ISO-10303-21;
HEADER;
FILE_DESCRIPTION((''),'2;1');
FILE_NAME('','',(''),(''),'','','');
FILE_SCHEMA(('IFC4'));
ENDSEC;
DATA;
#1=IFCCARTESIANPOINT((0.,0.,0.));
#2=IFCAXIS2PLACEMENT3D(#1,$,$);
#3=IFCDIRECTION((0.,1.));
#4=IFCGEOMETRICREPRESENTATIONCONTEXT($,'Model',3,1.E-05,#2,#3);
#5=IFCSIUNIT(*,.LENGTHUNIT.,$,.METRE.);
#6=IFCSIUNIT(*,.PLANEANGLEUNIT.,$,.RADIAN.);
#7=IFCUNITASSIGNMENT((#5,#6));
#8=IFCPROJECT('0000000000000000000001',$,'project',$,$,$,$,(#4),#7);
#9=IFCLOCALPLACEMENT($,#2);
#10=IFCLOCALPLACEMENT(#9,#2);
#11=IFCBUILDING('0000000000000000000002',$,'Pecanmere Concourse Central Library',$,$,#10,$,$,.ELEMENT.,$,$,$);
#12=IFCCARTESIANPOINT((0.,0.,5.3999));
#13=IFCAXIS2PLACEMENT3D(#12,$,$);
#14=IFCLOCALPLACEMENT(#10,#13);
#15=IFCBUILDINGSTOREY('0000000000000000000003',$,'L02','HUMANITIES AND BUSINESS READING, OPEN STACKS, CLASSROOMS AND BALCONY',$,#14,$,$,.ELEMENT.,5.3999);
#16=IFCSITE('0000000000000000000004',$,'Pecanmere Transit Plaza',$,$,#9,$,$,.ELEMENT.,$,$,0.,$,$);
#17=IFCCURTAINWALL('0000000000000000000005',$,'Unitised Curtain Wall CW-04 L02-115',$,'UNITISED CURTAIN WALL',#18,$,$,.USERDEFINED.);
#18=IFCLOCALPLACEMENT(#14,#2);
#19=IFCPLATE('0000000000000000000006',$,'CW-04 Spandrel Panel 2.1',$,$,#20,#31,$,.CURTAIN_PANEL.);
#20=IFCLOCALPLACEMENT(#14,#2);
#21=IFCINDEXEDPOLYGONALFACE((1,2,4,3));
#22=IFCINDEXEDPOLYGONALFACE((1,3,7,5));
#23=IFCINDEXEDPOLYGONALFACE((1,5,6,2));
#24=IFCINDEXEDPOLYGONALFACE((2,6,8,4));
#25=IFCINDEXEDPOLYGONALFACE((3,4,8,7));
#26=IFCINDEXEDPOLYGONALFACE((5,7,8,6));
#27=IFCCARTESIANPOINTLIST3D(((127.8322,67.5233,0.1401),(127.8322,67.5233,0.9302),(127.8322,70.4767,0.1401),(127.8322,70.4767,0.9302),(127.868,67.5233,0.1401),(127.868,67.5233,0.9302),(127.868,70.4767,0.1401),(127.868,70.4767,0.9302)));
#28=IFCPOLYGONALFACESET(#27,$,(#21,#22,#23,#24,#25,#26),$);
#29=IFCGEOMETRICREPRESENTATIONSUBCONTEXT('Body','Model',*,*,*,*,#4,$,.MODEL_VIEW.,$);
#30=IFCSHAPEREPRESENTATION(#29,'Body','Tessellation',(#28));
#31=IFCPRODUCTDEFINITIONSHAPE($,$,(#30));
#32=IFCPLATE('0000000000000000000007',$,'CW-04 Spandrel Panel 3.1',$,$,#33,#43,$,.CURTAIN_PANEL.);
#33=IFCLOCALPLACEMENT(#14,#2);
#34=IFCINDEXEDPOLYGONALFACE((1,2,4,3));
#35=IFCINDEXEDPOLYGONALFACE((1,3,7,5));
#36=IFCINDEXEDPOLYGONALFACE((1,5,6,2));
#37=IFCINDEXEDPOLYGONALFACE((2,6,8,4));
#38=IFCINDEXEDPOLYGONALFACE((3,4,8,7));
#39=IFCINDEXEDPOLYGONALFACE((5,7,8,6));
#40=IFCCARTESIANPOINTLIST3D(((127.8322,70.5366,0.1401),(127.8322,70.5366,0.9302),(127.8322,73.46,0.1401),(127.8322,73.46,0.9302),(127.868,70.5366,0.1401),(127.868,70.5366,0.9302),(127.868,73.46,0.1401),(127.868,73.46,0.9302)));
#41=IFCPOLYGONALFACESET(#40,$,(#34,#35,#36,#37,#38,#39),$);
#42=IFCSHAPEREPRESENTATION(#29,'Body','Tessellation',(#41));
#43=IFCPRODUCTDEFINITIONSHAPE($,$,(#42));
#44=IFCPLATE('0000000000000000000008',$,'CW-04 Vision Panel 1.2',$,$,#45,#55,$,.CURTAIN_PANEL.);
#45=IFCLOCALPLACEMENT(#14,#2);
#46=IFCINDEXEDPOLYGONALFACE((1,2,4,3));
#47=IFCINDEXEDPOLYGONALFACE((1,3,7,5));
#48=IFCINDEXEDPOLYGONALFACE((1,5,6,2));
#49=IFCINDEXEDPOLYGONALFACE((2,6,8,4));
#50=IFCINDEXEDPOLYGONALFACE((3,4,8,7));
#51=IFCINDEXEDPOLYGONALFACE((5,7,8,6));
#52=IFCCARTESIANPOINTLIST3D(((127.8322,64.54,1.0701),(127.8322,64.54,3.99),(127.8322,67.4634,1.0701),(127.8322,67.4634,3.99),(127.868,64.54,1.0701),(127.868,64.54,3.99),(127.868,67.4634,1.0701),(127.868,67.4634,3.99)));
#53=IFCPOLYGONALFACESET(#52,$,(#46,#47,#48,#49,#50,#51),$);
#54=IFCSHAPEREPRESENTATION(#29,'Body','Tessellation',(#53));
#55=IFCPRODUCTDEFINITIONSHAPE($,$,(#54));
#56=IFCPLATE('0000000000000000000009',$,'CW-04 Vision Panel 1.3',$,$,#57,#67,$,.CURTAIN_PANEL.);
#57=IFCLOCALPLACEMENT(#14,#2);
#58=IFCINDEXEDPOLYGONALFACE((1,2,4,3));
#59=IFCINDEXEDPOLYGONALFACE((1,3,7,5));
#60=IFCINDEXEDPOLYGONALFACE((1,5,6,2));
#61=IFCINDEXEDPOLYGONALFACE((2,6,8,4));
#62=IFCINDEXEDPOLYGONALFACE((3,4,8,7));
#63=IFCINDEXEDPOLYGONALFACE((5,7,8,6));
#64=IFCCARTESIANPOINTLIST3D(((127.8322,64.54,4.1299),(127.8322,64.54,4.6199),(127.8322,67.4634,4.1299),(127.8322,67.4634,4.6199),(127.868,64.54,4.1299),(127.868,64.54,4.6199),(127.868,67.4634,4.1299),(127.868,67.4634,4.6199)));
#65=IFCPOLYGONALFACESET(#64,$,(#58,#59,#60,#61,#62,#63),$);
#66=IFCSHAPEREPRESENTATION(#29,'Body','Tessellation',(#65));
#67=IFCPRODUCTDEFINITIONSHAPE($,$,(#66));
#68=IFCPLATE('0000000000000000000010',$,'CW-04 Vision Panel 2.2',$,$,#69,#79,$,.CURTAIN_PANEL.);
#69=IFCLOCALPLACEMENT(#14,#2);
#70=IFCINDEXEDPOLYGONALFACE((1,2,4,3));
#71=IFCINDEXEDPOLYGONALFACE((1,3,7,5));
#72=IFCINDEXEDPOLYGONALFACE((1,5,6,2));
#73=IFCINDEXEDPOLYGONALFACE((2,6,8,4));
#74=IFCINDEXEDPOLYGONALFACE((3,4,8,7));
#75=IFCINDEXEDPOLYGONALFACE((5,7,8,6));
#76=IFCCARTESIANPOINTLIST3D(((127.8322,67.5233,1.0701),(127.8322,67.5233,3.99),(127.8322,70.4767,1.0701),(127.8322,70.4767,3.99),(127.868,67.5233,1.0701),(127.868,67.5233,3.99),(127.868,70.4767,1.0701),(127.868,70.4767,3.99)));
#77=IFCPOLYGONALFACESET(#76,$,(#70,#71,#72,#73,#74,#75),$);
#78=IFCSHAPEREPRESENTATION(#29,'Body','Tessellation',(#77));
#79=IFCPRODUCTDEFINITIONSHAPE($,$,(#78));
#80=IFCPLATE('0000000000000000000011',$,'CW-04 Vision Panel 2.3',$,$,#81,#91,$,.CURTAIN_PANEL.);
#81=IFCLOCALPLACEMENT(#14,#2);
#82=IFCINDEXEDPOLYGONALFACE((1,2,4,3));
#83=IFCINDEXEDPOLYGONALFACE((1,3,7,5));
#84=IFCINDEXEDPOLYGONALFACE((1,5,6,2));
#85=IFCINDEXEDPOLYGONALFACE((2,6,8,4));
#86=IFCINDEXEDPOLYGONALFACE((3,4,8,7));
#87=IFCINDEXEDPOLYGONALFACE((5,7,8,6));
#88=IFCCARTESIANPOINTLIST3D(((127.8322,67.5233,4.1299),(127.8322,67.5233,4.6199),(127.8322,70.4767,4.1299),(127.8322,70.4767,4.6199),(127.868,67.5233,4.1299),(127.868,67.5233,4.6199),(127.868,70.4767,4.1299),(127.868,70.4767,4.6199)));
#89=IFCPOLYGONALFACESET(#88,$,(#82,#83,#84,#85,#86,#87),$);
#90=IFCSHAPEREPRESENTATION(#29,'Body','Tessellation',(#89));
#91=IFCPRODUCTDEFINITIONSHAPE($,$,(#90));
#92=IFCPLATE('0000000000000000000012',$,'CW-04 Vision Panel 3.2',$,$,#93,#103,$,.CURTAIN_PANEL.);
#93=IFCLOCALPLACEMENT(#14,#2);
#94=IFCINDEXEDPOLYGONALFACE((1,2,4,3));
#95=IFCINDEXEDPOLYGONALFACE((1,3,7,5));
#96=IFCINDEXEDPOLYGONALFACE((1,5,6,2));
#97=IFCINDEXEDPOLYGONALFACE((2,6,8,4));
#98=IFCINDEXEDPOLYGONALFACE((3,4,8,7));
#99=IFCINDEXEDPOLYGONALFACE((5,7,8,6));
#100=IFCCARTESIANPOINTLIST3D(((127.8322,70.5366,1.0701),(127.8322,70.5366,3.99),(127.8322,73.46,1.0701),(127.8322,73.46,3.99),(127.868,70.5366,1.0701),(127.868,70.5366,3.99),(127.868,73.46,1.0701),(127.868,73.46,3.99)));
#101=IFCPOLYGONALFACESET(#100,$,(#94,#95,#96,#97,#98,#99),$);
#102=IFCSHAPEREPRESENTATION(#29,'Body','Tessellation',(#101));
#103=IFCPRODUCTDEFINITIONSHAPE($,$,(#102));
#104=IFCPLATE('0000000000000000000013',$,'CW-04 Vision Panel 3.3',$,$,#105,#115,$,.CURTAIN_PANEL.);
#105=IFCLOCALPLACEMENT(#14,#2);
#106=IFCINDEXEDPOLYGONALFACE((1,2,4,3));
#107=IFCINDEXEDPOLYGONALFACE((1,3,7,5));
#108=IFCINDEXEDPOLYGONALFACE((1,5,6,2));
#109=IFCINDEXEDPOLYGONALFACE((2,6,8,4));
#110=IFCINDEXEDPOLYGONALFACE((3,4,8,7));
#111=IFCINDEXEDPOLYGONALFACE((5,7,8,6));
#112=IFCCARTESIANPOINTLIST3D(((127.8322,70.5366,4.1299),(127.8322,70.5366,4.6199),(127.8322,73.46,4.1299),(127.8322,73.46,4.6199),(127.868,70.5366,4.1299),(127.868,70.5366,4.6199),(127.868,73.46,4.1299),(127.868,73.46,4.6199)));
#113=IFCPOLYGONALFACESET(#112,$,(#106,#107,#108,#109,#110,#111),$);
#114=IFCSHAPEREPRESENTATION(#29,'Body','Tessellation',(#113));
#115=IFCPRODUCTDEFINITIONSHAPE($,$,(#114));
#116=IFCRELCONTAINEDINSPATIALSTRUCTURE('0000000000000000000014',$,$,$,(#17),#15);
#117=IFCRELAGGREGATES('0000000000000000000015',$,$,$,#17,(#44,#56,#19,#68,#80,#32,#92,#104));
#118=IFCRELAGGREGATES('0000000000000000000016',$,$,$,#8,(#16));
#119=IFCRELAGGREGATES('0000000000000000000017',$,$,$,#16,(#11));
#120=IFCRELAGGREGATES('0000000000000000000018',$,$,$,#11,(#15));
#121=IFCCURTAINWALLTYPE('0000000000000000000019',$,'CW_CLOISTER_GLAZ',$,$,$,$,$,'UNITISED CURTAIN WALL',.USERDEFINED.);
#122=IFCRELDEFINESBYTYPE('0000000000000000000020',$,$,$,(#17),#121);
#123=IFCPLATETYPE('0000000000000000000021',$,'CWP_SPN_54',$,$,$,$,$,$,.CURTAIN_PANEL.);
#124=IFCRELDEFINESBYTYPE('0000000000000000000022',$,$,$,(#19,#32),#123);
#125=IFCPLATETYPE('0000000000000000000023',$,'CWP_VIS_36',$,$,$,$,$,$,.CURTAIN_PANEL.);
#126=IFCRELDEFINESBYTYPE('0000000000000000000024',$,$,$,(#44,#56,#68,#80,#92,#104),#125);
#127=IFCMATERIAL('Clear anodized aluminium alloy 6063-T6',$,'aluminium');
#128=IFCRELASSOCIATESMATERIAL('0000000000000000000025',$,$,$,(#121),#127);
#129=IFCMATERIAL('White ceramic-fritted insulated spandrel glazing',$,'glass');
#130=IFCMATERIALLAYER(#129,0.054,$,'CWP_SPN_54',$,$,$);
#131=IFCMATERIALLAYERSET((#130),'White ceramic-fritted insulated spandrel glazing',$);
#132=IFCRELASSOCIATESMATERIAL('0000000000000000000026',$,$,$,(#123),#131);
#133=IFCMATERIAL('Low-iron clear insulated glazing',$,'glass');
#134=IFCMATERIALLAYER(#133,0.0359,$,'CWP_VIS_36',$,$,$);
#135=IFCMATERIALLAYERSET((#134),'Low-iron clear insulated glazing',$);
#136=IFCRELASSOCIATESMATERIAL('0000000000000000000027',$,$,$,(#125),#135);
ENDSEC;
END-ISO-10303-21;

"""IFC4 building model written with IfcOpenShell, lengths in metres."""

from ifc_helpers import new_model, si_unit, direction, frame, origin, origin_2d, place, context, subcontext, project, spatial, rectangle, extrude, material, layer, layer_set, type_object, element, aggregate, save


model = new_model("IFC4")

# Units and contexts
model_context = context("Model", 3, precision=1e-05, world=origin(), true_north=direction((0.0, 1.0)))
body_context = subcontext(model_context, "Body", "Model", "MODEL_VIEW")
ifc_project = project(units=[si_unit("LENGTHUNIT", "METRE"), si_unit("PLANEANGLEUNIT", "RADIAN")], contexts=[model_context])

# Site, building, storey
site_placement = place(None, origin())
site = spatial("IfcSite", under=ifc_project, at=site_placement, Name="Pecanmere Transit Plaza", CompositionType="ELEMENT", RefElevation=0.0)
building_placement = place(site_placement, origin())
building = spatial("IfcBuilding", under=site, at=building_placement, Name="Pecanmere Concourse Central Library", CompositionType="ELEMENT")
storey_placement = place(building_placement, frame((0.0, 0.0, 5.3999)))
storey = spatial("IfcBuildingStorey", under=building, at=storey_placement, Name="L02", Description="HUMANITIES AND BUSINESS READING, OPEN STACKS, CLASSROOMS AND BALCONY", CompositionType="ELEMENT", Elevation=5.3999)

# Curtain wall
ifc_material_1 = material(Name="Clear anodized aluminium alloy 6063-T6", Category="aluminium")
curtain_wall_type = type_object("IfcCurtainWallType", Name="CW_CLOISTER_GLAZ", ElementType="UNITISED CURTAIN WALL", PredefinedType="USERDEFINED", material=ifc_material_1)
curtain_wall_placement = place(storey_placement, origin())
curtain_wall = element("IfcCurtainWall", 1, at=curtain_wall_placement, inside=storey, type_object=curtain_wall_type, Name="Unitised Curtain Wall CW-04 L02-115", ObjectType="UNITISED CURTAIN WALL", PredefinedType="USERDEFINED")

# Plates
ifc_material_2 = material(Name="White ceramic-fritted insulated spandrel glazing", Category="glass")
ifc_layer_1 = layer(ifc_material_2, 0.054, Name="CWP_SPN_54")
ifc_layer_set_1 = layer_set([ifc_layer_1], Name="White ceramic-fritted insulated spandrel glazing")
plate_type_1 = type_object("IfcPlateType", Name="CWP_SPN_54", PredefinedType="CURTAIN_PANEL", material=ifc_layer_set_1)
plate_1_placement = place(storey_placement, frame((127.8501, 69.0, 0.1401), z_axis=(0.0, 0.0, 1.0), x_axis=(0.0, 1.0, 0.0)))
plate_1 = element("IfcPlate", 2, at=plate_1_placement, type_object=plate_type_1, Name="CW-04 Spandrel Panel 2.1", PredefinedType="CURTAIN_PANEL", context=body_context, shape_type="SweptSolid", body=[
    extrude(rectangle(XDim=2.9534, YDim=0.0359, at=origin_2d()), origin(), (0.0, 0.0, 1.0), 0.79),
])
plate_2_placement = place(storey_placement, frame((127.8501, 71.9983, 0.1401), z_axis=(0.0, 0.0, 1.0), x_axis=(0.0, 1.0, 0.0)))
plate_2 = element("IfcPlate", 3, at=plate_2_placement, type_object=plate_type_1, Name="CW-04 Spandrel Panel 3.1", PredefinedType="CURTAIN_PANEL", context=body_context, shape_type="SweptSolid", body=[
    extrude(rectangle(XDim=2.9233, YDim=0.0359, at=origin_2d()), origin(), (0.0, 0.0, 1.0), 0.79),
])
ifc_material_3 = material(Name="Low-iron clear insulated glazing", Category="glass")
ifc_layer_2 = layer(ifc_material_3, 0.0359, Name="CWP_VIS_36")
ifc_layer_set_2 = layer_set([ifc_layer_2], Name="Low-iron clear insulated glazing")
plate_type_2 = type_object("IfcPlateType", Name="CWP_VIS_36", PredefinedType="CURTAIN_PANEL", material=ifc_layer_set_2)
plate_3_placement = place(storey_placement, frame((127.8501, 66.0017, 1.0701), z_axis=(0.0, 0.0, 1.0), x_axis=(0.0, 1.0, 0.0)))
plate_3 = element("IfcPlate", 4, at=plate_3_placement, type_object=plate_type_2, Name="CW-04 Vision Panel 1.2", PredefinedType="CURTAIN_PANEL", context=body_context, shape_type="SweptSolid", body=[
    extrude(rectangle(XDim=2.9233, YDim=0.0359, at=origin_2d()), origin(), (0.0, 0.0, 1.0), 2.9199),
])
plate_4_placement = place(storey_placement, frame((127.8501, 66.0017, 4.1299), z_axis=(0.0, 0.0, 1.0), x_axis=(0.0, 1.0, 0.0)))
plate_4 = element("IfcPlate", 5, at=plate_4_placement, type_object=plate_type_2, Name="CW-04 Vision Panel 1.3", PredefinedType="CURTAIN_PANEL", context=body_context, shape_type="SweptSolid", body=[
    extrude(rectangle(XDim=2.9233, YDim=0.0359, at=origin_2d()), origin(), (0.0, 0.0, 1.0), 0.49),
])
plate_5_placement = place(storey_placement, frame((127.8501, 69.0, 1.0701), z_axis=(0.0, 0.0, 1.0), x_axis=(0.0, 1.0, 0.0)))
plate_5 = element("IfcPlate", 6, at=plate_5_placement, type_object=plate_type_2, Name="CW-04 Vision Panel 2.2", PredefinedType="CURTAIN_PANEL", context=body_context, shape_type="SweptSolid", body=[
    extrude(rectangle(XDim=2.9534, YDim=0.0359, at=origin_2d()), origin(), (0.0, 0.0, 1.0), 2.9199),
])
plate_6_placement = place(storey_placement, frame((127.8501, 69.0, 4.1299), z_axis=(0.0, 0.0, 1.0), x_axis=(0.0, 1.0, 0.0)))
plate_6 = element("IfcPlate", 7, at=plate_6_placement, type_object=plate_type_2, Name="CW-04 Vision Panel 2.3", PredefinedType="CURTAIN_PANEL", context=body_context, shape_type="SweptSolid", body=[
    extrude(rectangle(XDim=2.9534, YDim=0.0359, at=origin_2d()), origin(), (0.0, 0.0, 1.0), 0.49),
])
plate_7_placement = place(storey_placement, frame((127.8501, 71.9983, 1.0701), z_axis=(0.0, 0.0, 1.0), x_axis=(0.0, 1.0, 0.0)))
plate_7 = element("IfcPlate", 8, at=plate_7_placement, type_object=plate_type_2, Name="CW-04 Vision Panel 3.2", PredefinedType="CURTAIN_PANEL", context=body_context, shape_type="SweptSolid", body=[
    extrude(rectangle(XDim=2.9233, YDim=0.0359, at=origin_2d()), origin(), (0.0, 0.0, 1.0), 2.9199),
])
plate_8_placement = place(storey_placement, frame((127.8501, 71.9983, 4.1299), z_axis=(0.0, 0.0, 1.0), x_axis=(0.0, 1.0, 0.0)))
plate_8 = element("IfcPlate", 9, at=plate_8_placement, type_object=plate_type_2, Name="CW-04 Vision Panel 3.3", PredefinedType="CURTAIN_PANEL", context=body_context, shape_type="SweptSolid", body=[
    extrude(rectangle(XDim=2.9233, YDim=0.0359, at=origin_2d()), origin(), (0.0, 0.0, 1.0), 0.49),
])
aggregate(curtain_wall, [plate_3, plate_4, plate_1, plate_5, plate_6, plate_2, plate_7, plate_8])

save(model, "model.ifc")
